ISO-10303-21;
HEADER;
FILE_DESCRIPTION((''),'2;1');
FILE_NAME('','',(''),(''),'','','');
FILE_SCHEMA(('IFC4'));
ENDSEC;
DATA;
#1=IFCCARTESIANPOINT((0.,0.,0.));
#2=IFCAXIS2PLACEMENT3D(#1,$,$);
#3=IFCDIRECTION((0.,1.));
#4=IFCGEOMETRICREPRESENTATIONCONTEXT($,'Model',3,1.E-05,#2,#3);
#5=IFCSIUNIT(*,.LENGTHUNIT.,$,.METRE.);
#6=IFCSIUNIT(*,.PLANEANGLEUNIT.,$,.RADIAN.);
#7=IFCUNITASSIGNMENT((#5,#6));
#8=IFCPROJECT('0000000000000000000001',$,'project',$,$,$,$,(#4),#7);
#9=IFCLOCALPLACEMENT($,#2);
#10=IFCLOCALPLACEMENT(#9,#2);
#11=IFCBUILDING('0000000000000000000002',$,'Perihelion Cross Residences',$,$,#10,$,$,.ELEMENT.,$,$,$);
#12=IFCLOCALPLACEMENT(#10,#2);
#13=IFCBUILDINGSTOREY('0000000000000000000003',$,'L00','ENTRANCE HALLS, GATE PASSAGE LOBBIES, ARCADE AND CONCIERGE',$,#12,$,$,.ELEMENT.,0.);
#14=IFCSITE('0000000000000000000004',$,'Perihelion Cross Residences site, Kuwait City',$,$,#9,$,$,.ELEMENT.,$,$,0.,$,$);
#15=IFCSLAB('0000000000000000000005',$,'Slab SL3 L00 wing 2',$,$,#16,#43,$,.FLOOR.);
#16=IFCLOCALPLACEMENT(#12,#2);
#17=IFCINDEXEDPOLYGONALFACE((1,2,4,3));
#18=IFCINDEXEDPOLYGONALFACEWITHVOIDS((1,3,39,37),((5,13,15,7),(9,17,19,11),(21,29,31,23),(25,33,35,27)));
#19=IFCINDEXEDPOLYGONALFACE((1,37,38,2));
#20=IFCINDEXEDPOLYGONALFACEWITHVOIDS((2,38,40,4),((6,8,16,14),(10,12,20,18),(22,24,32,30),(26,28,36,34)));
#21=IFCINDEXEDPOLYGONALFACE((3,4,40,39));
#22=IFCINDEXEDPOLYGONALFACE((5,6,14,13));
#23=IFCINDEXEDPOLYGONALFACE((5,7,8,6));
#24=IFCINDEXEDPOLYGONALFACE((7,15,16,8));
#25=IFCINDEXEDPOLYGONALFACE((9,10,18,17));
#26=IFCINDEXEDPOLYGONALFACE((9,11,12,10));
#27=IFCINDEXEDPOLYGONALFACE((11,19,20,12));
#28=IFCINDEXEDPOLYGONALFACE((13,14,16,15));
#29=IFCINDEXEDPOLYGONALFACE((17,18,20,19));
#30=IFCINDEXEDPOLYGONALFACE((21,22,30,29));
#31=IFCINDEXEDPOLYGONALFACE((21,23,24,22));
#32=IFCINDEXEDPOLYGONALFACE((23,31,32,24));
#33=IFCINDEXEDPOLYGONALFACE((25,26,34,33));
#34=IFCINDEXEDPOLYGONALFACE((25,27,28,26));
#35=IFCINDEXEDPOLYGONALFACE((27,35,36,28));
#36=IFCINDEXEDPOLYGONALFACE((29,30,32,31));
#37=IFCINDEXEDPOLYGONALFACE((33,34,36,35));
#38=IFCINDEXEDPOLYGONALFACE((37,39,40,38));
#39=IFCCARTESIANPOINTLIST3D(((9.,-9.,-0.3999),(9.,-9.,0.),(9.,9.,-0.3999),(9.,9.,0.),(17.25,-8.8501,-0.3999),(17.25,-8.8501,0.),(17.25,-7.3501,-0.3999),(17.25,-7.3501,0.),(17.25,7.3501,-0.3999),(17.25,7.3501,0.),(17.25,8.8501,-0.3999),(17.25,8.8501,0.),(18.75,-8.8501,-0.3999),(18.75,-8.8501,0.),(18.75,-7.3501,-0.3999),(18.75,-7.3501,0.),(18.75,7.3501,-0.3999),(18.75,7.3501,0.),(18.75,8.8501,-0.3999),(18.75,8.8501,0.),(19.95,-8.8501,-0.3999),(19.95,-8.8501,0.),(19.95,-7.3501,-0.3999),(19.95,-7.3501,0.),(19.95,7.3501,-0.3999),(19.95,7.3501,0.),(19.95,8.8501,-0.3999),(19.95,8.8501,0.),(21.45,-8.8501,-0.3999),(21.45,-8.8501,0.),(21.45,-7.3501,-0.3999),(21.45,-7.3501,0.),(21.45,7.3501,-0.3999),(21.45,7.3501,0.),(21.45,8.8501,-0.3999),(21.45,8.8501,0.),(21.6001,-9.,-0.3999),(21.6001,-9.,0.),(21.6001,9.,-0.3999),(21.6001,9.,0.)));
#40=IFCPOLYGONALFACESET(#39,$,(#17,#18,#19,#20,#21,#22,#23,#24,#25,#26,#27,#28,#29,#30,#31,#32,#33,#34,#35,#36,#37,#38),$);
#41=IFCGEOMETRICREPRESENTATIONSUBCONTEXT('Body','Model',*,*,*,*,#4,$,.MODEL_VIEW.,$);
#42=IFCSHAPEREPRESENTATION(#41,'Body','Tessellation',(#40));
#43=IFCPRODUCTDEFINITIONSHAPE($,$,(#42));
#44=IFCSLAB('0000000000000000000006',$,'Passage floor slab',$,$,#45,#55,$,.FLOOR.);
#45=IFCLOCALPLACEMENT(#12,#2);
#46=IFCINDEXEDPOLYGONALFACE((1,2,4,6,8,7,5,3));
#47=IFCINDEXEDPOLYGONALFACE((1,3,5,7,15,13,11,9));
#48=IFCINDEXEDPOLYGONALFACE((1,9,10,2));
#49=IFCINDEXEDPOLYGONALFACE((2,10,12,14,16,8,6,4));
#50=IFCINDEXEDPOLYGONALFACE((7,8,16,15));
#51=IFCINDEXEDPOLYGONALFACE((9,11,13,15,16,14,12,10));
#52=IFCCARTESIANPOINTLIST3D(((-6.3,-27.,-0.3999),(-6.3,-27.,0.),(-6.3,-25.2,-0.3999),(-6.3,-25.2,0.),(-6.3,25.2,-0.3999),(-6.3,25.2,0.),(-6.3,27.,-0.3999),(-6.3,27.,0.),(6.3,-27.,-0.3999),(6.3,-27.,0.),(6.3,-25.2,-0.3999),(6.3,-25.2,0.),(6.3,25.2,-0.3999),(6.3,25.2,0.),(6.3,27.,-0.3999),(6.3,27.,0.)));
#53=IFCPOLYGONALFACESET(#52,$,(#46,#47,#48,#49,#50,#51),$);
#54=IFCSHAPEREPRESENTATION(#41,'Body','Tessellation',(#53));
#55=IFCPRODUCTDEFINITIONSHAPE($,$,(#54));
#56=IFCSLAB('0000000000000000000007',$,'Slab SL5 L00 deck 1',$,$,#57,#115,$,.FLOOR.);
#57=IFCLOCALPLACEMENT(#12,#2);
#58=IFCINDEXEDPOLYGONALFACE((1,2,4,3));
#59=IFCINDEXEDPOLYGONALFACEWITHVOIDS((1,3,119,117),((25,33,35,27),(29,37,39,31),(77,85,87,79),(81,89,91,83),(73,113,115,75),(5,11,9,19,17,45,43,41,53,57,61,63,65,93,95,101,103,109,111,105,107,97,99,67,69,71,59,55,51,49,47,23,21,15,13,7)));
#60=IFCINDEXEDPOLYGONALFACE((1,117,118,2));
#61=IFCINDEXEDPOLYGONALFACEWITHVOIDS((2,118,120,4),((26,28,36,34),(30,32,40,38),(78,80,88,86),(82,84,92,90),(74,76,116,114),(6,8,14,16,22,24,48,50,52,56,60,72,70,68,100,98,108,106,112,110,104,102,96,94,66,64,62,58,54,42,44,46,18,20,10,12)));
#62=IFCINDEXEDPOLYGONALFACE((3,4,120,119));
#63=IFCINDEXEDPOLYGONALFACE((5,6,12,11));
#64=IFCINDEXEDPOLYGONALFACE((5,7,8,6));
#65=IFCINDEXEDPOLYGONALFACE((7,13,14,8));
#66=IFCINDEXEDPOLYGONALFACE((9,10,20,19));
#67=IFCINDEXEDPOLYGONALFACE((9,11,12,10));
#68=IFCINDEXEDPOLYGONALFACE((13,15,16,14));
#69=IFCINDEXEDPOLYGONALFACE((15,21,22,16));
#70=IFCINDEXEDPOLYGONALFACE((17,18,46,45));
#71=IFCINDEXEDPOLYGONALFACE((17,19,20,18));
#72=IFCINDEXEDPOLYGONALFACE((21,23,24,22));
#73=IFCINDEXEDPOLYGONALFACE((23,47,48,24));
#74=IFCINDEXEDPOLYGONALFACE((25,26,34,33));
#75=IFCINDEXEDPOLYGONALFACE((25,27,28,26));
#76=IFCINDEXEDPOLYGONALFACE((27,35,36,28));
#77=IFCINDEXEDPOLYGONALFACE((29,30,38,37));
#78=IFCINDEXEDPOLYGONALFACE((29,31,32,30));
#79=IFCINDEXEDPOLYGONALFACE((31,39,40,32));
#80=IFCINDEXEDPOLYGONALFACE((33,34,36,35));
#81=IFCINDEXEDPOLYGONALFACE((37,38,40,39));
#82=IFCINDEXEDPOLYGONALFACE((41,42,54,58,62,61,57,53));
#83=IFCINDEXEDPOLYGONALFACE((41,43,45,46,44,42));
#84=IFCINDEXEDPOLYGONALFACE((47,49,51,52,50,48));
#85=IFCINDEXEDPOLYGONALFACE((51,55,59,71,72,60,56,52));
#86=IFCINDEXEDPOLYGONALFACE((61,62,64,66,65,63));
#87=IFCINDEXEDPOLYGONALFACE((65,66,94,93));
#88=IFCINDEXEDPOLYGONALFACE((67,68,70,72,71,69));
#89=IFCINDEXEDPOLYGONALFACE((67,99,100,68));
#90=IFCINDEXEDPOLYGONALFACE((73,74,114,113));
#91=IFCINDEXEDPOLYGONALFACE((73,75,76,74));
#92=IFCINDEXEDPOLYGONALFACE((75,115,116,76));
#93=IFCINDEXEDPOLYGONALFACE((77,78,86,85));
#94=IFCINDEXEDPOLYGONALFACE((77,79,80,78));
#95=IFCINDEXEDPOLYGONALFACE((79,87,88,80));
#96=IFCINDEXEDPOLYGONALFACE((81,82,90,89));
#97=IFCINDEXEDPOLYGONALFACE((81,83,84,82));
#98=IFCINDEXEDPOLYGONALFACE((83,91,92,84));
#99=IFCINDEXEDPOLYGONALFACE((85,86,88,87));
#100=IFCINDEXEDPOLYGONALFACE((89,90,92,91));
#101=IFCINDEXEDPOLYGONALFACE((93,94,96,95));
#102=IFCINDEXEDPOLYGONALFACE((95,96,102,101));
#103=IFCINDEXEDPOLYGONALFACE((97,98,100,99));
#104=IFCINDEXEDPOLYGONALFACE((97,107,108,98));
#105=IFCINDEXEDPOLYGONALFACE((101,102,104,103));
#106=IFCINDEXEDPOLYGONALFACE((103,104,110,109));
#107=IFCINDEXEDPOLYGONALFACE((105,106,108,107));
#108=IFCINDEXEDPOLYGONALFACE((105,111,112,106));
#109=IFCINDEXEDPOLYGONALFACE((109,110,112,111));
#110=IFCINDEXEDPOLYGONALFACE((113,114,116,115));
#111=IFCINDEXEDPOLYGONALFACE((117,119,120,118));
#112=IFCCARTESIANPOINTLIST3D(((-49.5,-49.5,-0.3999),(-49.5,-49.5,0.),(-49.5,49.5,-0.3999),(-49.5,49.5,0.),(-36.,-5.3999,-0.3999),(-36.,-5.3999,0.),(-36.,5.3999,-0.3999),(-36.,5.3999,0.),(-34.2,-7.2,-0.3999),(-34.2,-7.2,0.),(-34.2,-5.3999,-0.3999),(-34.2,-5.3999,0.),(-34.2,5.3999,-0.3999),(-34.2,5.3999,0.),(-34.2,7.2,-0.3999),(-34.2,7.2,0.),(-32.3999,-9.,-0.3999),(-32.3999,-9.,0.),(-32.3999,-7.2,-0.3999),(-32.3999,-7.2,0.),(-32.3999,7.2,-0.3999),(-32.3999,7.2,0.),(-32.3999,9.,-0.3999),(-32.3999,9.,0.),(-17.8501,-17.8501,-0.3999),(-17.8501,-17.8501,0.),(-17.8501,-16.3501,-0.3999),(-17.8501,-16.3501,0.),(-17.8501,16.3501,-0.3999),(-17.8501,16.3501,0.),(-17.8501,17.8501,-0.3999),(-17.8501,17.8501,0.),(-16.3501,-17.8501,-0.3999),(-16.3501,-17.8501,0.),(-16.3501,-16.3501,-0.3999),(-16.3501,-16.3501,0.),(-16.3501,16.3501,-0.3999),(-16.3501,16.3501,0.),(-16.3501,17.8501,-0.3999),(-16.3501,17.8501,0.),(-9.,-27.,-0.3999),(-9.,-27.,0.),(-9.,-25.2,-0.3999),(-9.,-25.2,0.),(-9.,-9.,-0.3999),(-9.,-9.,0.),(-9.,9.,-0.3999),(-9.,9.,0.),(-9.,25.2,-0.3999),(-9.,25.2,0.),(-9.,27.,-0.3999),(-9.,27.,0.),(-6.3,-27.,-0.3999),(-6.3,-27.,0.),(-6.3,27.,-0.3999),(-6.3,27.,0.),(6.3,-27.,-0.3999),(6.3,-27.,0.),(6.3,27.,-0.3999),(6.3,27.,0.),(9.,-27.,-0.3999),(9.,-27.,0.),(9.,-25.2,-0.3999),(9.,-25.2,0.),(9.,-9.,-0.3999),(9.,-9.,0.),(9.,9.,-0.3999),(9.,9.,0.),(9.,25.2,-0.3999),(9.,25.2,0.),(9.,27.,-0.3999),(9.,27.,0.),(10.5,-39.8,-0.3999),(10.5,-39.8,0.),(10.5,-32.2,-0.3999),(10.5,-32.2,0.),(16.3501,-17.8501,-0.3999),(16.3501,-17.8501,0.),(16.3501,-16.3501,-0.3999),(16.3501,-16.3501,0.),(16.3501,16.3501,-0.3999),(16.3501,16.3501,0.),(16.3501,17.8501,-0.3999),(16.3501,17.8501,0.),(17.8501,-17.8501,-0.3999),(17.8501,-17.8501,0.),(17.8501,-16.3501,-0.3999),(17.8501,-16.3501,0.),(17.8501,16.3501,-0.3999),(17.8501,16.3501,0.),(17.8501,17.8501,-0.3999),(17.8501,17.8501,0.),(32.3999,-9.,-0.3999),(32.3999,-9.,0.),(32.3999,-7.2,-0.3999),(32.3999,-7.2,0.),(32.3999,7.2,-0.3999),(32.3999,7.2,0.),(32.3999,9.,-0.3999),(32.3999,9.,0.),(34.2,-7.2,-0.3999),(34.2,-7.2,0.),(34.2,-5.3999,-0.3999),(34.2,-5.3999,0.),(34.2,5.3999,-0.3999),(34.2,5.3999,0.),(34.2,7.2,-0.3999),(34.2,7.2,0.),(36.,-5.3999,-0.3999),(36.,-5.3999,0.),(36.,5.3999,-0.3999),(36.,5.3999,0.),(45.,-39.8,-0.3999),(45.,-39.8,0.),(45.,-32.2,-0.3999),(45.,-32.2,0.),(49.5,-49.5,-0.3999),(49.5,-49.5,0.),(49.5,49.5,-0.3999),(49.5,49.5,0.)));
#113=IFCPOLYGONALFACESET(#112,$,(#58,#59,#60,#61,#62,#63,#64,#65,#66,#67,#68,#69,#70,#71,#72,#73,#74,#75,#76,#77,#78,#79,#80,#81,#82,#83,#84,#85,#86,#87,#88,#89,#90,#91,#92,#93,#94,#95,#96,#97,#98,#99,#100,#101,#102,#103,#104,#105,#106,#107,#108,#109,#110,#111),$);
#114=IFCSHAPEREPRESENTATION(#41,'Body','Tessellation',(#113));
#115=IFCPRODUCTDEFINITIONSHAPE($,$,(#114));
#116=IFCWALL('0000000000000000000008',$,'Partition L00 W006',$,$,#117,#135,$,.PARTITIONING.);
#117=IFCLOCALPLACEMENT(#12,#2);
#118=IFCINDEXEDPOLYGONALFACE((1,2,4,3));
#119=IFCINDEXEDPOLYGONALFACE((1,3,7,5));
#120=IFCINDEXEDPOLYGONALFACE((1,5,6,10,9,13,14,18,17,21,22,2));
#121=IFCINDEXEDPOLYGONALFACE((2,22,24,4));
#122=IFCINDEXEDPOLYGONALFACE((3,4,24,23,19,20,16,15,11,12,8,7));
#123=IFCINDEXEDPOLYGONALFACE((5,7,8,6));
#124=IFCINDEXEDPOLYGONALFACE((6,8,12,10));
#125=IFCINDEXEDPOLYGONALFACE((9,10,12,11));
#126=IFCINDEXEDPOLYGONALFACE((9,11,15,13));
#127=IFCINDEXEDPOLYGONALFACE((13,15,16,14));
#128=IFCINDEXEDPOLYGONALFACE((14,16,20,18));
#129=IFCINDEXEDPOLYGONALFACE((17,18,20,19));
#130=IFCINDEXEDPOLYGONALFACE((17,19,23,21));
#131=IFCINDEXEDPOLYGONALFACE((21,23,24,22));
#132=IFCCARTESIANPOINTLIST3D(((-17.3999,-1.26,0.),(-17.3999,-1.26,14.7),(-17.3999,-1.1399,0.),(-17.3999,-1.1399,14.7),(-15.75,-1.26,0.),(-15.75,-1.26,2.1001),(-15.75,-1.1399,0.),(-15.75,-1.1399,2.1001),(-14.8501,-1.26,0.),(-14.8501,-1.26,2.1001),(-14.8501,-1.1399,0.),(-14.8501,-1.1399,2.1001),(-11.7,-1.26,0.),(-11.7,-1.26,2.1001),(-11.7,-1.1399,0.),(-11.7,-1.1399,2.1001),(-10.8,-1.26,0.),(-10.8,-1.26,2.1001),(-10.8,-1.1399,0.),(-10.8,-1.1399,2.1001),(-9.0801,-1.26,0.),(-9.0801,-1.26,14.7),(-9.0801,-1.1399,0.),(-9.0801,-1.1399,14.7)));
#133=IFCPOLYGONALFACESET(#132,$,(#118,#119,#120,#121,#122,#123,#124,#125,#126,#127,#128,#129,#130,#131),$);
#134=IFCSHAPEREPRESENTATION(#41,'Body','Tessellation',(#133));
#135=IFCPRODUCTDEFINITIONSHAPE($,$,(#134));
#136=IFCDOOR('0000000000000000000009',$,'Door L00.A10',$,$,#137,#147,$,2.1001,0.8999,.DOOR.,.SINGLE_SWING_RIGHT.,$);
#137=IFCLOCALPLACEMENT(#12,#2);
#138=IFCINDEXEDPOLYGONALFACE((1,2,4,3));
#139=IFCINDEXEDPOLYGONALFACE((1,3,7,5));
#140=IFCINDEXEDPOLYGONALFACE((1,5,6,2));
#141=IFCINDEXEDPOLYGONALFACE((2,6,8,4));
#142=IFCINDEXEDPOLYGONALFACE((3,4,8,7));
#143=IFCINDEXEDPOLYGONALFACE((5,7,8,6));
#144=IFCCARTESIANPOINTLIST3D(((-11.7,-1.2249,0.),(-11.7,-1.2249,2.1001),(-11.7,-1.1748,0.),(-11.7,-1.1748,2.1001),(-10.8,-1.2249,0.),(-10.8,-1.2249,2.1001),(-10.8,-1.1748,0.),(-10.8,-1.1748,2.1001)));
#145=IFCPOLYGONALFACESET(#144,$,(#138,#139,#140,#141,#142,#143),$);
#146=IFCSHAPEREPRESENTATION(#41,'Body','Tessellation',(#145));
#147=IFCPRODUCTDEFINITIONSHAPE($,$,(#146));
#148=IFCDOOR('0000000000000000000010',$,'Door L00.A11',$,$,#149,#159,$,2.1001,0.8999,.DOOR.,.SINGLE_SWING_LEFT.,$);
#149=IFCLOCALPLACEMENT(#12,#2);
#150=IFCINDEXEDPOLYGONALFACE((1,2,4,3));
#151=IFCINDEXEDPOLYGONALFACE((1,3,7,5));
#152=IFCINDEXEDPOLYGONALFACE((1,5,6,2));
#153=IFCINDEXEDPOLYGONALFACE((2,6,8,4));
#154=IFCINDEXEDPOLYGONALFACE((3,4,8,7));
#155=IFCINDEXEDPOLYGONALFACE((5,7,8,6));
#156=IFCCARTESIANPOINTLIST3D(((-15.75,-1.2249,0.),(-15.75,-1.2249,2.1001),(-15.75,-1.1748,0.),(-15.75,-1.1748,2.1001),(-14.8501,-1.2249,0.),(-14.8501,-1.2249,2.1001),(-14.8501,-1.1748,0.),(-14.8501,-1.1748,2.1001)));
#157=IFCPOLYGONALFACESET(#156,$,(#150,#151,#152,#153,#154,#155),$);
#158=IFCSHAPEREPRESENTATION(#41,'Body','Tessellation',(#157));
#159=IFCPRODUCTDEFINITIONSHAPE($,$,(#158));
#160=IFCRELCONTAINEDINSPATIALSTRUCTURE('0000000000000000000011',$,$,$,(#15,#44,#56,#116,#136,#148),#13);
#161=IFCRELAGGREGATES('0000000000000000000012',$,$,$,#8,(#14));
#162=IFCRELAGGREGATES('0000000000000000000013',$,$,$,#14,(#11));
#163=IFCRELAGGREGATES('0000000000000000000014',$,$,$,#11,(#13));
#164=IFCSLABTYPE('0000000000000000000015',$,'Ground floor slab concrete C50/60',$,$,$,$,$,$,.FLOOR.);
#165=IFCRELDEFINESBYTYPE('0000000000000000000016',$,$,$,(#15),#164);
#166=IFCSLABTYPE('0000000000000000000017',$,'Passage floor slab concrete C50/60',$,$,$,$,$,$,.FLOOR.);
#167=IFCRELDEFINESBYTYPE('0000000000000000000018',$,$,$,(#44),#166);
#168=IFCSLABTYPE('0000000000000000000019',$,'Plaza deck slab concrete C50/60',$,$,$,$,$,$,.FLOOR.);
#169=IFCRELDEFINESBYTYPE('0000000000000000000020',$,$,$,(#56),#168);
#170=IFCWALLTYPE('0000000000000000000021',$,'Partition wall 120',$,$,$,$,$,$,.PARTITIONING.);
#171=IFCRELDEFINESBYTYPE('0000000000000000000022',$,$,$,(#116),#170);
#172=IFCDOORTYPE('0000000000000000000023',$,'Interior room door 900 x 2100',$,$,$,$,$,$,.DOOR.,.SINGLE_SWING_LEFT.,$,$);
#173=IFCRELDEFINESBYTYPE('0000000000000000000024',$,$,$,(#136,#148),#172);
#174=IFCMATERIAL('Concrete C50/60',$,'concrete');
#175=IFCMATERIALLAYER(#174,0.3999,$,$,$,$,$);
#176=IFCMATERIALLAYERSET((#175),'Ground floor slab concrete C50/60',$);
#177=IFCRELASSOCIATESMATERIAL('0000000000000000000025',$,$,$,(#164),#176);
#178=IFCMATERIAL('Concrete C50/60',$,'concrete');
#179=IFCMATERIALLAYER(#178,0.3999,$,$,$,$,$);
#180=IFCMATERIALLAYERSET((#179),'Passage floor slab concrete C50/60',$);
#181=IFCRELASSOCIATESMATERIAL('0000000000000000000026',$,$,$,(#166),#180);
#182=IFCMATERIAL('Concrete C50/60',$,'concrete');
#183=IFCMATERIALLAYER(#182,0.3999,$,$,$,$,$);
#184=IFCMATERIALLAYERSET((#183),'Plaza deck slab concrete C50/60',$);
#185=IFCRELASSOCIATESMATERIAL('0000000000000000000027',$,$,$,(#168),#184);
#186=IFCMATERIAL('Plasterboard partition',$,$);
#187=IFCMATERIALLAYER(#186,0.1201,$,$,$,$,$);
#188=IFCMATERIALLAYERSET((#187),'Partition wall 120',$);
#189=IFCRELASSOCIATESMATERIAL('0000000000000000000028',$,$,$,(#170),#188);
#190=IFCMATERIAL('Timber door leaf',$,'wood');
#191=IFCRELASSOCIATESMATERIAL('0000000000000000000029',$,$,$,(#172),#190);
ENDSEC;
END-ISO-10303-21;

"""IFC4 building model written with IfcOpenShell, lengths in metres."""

from ifc_helpers import new_model, si_unit, direction, frame, frame_2d, origin, place, context, subcontext, project, spatial, polyline, rectangle, outline, extrude, material, layer, layer_set, type_object, element, fill, save


model = new_model("IFC4")

# Units and contexts
model_context = context("Model", 3, precision=1e-05, world=origin(), true_north=direction((0.0, 1.0)))
body_context = subcontext(model_context, "Body", "Model", "MODEL_VIEW")
ifc_project = project(units=[si_unit("LENGTHUNIT", "METRE"), si_unit("PLANEANGLEUNIT", "RADIAN")], contexts=[model_context])

# Site, building, storey
site_placement = place(None, origin())
site = spatial("IfcSite", under=ifc_project, at=site_placement, Name="Perihelion Cross Residences site, Kuwait City", CompositionType="ELEMENT", RefElevation=0.0)
building_placement = place(site_placement, origin())
building = spatial("IfcBuilding", under=site, at=building_placement, Name="Perihelion Cross Residences", CompositionType="ELEMENT")
storey_placement = place(building_placement, origin())
storey = spatial("IfcBuildingStorey", under=building, at=storey_placement, Name="L00", Description="ENTRANCE HALLS, GATE PASSAGE LOBBIES, ARCADE AND CONCIERGE", CompositionType="ELEMENT", Elevation=0.0)

# Slabs
ifc_material_1 = material(Name="Concrete C50/60", Category="concrete")
ifc_layer_1 = layer(ifc_material_1, 0.3999)
ifc_layer_set_1 = layer_set([ifc_layer_1], Name="Ground floor slab concrete C50/60")
slab_type_1 = type_object("IfcSlabType", Name="Ground floor slab concrete C50/60", PredefinedType="FLOOR", material=ifc_layer_set_1)
slab_1_placement = place(storey_placement, frame((0.0, 0.0, -0.3999)))
element("IfcSlab", 1, at=slab_1_placement, inside=storey, type_object=slab_type_1, Name="Slab SL3 L00 wing 2", PredefinedType="FLOOR", context=body_context, shape_type="SweptSolid", body=[
    extrude(outline(polyline([(9.0, -9.0), (9.0, 9.0), (21.6001, 9.0), (21.6001, -9.0), (9.0, -9.0)]), holes=[polyline([(17.25, -7.3501), (17.25, -8.8501), (18.75, -8.8501), (18.75, -7.3501), (17.25, -7.3501)]), polyline([(21.45, -7.3501), (19.95, -7.3501), (19.95, -8.8501), (21.45, -8.8501), (21.45, -7.3501)]), polyline([(18.75, 8.8501), (17.25, 8.8501), (17.25, 7.3501), (18.75, 7.3501), (18.75, 8.8501)]), polyline([(21.45, 8.8501), (19.95, 8.8501), (19.95, 7.3501), (21.45, 7.3501), (21.45, 8.8501)])]), origin(), (0.0, 0.0, 1.0), 0.3999),
])
ifc_material_2 = material(Name="Concrete C50/60", Category="concrete")
ifc_layer_2 = layer(ifc_material_2, 0.3999)
ifc_layer_set_2 = layer_set([ifc_layer_2], Name="Passage floor slab concrete C50/60")
slab_type_2 = type_object("IfcSlabType", Name="Passage floor slab concrete C50/60", PredefinedType="FLOOR", material=ifc_layer_set_2)
slab_2_placement = place(storey_placement, frame((0.0, 0.0, -0.3999)))
element("IfcSlab", 2, at=slab_2_placement, inside=storey, type_object=slab_type_2, Name="Passage floor slab", PredefinedType="FLOOR", context=body_context, shape_type="SweptSolid", body=[
    extrude(outline(polyline([(-6.3, -25.2), (-6.3, 25.2), (-6.3, 27.0), (6.3, 27.0), (6.3, 25.2), (6.3, -25.2), (6.3, -27.0), (-6.3, -27.0), (-6.3, -25.2)])), origin(), (0.0, 0.0, 1.0), 0.3999),
])
ifc_material_3 = material(Name="Concrete C50/60", Category="concrete")
ifc_layer_3 = layer(ifc_material_3, 0.3999)
ifc_layer_set_3 = layer_set([ifc_layer_3], Name="Plaza deck slab concrete C50/60")
slab_type_3 = type_object("IfcSlabType", Name="Plaza deck slab concrete C50/60", PredefinedType="FLOOR", material=ifc_layer_set_3)
slab_3_placement = place(storey_placement, frame((0.0, 0.0, -0.3999)))
element("IfcSlab", 3, at=slab_3_placement, inside=storey, type_object=slab_type_3, Name="Slab SL5 L00 deck 1", PredefinedType="FLOOR", context=body_context, shape_type="SweptSolid", body=[
    extrude(outline(polyline([(-49.5, 49.5), (49.5, 49.5), (49.5, -49.5), (-49.5, -49.5), (-49.5, 49.5)]), holes=[polyline([(-9.0, -27.0), (-6.3, -27.0), (6.3, -27.0), (9.0, -27.0), (9.0, -25.2), (9.0, -9.0), (32.3999, -9.0), (32.3999, -7.2), (34.2, -7.2), (34.2, -5.3999), (36.0, -5.3999), (36.0, 5.3999), (34.2, 5.3999), (34.2, 7.2), (32.3999, 7.2), (32.3999, 9.0), (9.0, 9.0), (9.0, 25.2), (9.0, 27.0), (6.3, 27.0), (-6.3, 27.0), (-9.0, 27.0), (-9.0, 25.2), (-9.0, 9.0), (-32.3999, 9.0), (-32.3999, 7.2), (-34.2, 7.2), (-34.2, 5.3999), (-36.0, 5.3999), (-36.0, -5.3999), (-34.2, -5.3999), (-34.2, -7.2), (-32.3999, -7.2), (-32.3999, -9.0), (-9.0, -9.0), (-9.0, -25.2), (-9.0, -27.0)]), polyline([(-17.8501, -16.3501), (-17.8501, -17.8501), (-16.3501, -17.8501), (-16.3501, -16.3501), (-17.8501, -16.3501)]), polyline([(-17.8501, 17.8501), (-17.8501, 16.3501), (-16.3501, 16.3501), (-16.3501, 17.8501), (-17.8501, 17.8501)]), polyline([(10.5, -32.2), (10.5, -39.8), (45.0, -39.8), (45.0, -32.2), (10.5, -32.2)]), polyline([(16.3501, -16.3501), (16.3501, -17.8501), (17.8501, -17.8501), (17.8501, -16.3501), (16.3501, -16.3501)]), polyline([(16.3501, 17.8501), (16.3501, 16.3501), (17.8501, 16.3501), (17.8501, 17.8501), (16.3501, 17.8501)])]), origin(), (0.0, 0.0, 1.0), 0.3999),
])

# Wall, openings, doors
ifc_material_4 = material(Name="Plasterboard partition")
ifc_layer_4 = layer(ifc_material_4, 0.1201)
ifc_layer_set_4 = layer_set([ifc_layer_4], Name="Partition wall 120")
wall_type_1 = type_object("IfcWallType", Name="Partition wall 120", PredefinedType="PARTITIONING", material=ifc_layer_set_4)
wall_1_placement = place(storey_placement, frame((-9.0801, -1.2, 0.0), z_axis=(0.0, 0.0, 1.0), x_axis=(-1.0, 0.0, 0.0)))
wall_1 = element("IfcWall", 4, at=wall_1_placement, inside=storey, type_object=wall_type_1, Name="Partition L00 W006", PredefinedType="PARTITIONING", context=body_context, shape_type="SweptSolid", body=[
    extrude(rectangle(XDim=8.3198, YDim=0.1201, at=frame_2d((4.1599, 0.0))), origin(), (0.0, 0.0, 1.0), 14.7),
])
opening_1_placement = place(wall_1_placement, frame((1.72, 0.0, 0.0)))
opening_1 = element("IfcOpeningElement", 5, at=opening_1_placement, cuts=wall_1, PredefinedType="OPENING", context=body_context, shape_type="SweptSolid", body=[
    extrude(rectangle(XDim=0.8999, YDim=2.1001, at=frame_2d((0.45, 1.05))), frame((0.0, 0.0701, 0.0), z_axis=(0.0, -1.0, 0.0), x_axis=(1.0, 0.0, 0.0)), (0.0, 0.0, 1.0), 0.1401),
])
opening_2_placement = place(wall_1_placement, frame((5.77, 0.0, 0.0)))
opening_2 = element("IfcOpeningElement", 6, at=opening_2_placement, cuts=wall_1, PredefinedType="OPENING", context=body_context, shape_type="SweptSolid", body=[
    extrude(rectangle(XDim=0.8999, YDim=2.1001, at=frame_2d((0.45, 1.05))), frame((0.0, 0.0701, 0.0), z_axis=(0.0, -1.0, 0.0), x_axis=(1.0, 0.0, 0.0)), (0.0, 0.0, 1.0), 0.1401),
])
ifc_material_5 = material(Name="Timber door leaf", Category="wood")
door_type_1 = type_object("IfcDoorType", Name="Interior room door 900 x 2100", OperationType="SINGLE_SWING_LEFT", PredefinedType="DOOR", material=ifc_material_5)
door_1_placement = place(opening_1_placement, origin())
door_1 = element("IfcDoor", 7, at=door_1_placement, inside=storey, type_object=door_type_1, Name="Door L00.A10", OperationType="SINGLE_SWING_RIGHT", OverallHeight=2.1001, OverallWidth=0.8999, PredefinedType="DOOR", context=body_context, shape_type="SweptSolid", body=[
    extrude(rectangle(XDim=0.8999, YDim=2.1001, at=frame_2d((0.45, 1.05))), frame((0.0, 0.0249, 0.0), z_axis=(0.0, -1.0, 0.0), x_axis=(1.0, 0.0, 0.0)), (0.0, 0.0, 1.0), 0.05),
])
fill(opening_1, door_1)
door_2_placement = place(opening_2_placement, origin())
door_2 = element("IfcDoor", 8, at=door_2_placement, inside=storey, type_object=door_type_1, Name="Door L00.A11", OperationType="SINGLE_SWING_LEFT", OverallHeight=2.1001, OverallWidth=0.8999, PredefinedType="DOOR", context=body_context, shape_type="SweptSolid", body=[
    extrude(rectangle(XDim=0.8999, YDim=2.1001, at=frame_2d((0.45, 1.05))), frame((0.0, 0.0249, 0.0), z_axis=(0.0, -1.0, 0.0), x_axis=(1.0, 0.0, 0.0)), (0.0, 0.0, 1.0), 0.05),
])
fill(opening_2, door_2)

save(model, "model.ifc")
